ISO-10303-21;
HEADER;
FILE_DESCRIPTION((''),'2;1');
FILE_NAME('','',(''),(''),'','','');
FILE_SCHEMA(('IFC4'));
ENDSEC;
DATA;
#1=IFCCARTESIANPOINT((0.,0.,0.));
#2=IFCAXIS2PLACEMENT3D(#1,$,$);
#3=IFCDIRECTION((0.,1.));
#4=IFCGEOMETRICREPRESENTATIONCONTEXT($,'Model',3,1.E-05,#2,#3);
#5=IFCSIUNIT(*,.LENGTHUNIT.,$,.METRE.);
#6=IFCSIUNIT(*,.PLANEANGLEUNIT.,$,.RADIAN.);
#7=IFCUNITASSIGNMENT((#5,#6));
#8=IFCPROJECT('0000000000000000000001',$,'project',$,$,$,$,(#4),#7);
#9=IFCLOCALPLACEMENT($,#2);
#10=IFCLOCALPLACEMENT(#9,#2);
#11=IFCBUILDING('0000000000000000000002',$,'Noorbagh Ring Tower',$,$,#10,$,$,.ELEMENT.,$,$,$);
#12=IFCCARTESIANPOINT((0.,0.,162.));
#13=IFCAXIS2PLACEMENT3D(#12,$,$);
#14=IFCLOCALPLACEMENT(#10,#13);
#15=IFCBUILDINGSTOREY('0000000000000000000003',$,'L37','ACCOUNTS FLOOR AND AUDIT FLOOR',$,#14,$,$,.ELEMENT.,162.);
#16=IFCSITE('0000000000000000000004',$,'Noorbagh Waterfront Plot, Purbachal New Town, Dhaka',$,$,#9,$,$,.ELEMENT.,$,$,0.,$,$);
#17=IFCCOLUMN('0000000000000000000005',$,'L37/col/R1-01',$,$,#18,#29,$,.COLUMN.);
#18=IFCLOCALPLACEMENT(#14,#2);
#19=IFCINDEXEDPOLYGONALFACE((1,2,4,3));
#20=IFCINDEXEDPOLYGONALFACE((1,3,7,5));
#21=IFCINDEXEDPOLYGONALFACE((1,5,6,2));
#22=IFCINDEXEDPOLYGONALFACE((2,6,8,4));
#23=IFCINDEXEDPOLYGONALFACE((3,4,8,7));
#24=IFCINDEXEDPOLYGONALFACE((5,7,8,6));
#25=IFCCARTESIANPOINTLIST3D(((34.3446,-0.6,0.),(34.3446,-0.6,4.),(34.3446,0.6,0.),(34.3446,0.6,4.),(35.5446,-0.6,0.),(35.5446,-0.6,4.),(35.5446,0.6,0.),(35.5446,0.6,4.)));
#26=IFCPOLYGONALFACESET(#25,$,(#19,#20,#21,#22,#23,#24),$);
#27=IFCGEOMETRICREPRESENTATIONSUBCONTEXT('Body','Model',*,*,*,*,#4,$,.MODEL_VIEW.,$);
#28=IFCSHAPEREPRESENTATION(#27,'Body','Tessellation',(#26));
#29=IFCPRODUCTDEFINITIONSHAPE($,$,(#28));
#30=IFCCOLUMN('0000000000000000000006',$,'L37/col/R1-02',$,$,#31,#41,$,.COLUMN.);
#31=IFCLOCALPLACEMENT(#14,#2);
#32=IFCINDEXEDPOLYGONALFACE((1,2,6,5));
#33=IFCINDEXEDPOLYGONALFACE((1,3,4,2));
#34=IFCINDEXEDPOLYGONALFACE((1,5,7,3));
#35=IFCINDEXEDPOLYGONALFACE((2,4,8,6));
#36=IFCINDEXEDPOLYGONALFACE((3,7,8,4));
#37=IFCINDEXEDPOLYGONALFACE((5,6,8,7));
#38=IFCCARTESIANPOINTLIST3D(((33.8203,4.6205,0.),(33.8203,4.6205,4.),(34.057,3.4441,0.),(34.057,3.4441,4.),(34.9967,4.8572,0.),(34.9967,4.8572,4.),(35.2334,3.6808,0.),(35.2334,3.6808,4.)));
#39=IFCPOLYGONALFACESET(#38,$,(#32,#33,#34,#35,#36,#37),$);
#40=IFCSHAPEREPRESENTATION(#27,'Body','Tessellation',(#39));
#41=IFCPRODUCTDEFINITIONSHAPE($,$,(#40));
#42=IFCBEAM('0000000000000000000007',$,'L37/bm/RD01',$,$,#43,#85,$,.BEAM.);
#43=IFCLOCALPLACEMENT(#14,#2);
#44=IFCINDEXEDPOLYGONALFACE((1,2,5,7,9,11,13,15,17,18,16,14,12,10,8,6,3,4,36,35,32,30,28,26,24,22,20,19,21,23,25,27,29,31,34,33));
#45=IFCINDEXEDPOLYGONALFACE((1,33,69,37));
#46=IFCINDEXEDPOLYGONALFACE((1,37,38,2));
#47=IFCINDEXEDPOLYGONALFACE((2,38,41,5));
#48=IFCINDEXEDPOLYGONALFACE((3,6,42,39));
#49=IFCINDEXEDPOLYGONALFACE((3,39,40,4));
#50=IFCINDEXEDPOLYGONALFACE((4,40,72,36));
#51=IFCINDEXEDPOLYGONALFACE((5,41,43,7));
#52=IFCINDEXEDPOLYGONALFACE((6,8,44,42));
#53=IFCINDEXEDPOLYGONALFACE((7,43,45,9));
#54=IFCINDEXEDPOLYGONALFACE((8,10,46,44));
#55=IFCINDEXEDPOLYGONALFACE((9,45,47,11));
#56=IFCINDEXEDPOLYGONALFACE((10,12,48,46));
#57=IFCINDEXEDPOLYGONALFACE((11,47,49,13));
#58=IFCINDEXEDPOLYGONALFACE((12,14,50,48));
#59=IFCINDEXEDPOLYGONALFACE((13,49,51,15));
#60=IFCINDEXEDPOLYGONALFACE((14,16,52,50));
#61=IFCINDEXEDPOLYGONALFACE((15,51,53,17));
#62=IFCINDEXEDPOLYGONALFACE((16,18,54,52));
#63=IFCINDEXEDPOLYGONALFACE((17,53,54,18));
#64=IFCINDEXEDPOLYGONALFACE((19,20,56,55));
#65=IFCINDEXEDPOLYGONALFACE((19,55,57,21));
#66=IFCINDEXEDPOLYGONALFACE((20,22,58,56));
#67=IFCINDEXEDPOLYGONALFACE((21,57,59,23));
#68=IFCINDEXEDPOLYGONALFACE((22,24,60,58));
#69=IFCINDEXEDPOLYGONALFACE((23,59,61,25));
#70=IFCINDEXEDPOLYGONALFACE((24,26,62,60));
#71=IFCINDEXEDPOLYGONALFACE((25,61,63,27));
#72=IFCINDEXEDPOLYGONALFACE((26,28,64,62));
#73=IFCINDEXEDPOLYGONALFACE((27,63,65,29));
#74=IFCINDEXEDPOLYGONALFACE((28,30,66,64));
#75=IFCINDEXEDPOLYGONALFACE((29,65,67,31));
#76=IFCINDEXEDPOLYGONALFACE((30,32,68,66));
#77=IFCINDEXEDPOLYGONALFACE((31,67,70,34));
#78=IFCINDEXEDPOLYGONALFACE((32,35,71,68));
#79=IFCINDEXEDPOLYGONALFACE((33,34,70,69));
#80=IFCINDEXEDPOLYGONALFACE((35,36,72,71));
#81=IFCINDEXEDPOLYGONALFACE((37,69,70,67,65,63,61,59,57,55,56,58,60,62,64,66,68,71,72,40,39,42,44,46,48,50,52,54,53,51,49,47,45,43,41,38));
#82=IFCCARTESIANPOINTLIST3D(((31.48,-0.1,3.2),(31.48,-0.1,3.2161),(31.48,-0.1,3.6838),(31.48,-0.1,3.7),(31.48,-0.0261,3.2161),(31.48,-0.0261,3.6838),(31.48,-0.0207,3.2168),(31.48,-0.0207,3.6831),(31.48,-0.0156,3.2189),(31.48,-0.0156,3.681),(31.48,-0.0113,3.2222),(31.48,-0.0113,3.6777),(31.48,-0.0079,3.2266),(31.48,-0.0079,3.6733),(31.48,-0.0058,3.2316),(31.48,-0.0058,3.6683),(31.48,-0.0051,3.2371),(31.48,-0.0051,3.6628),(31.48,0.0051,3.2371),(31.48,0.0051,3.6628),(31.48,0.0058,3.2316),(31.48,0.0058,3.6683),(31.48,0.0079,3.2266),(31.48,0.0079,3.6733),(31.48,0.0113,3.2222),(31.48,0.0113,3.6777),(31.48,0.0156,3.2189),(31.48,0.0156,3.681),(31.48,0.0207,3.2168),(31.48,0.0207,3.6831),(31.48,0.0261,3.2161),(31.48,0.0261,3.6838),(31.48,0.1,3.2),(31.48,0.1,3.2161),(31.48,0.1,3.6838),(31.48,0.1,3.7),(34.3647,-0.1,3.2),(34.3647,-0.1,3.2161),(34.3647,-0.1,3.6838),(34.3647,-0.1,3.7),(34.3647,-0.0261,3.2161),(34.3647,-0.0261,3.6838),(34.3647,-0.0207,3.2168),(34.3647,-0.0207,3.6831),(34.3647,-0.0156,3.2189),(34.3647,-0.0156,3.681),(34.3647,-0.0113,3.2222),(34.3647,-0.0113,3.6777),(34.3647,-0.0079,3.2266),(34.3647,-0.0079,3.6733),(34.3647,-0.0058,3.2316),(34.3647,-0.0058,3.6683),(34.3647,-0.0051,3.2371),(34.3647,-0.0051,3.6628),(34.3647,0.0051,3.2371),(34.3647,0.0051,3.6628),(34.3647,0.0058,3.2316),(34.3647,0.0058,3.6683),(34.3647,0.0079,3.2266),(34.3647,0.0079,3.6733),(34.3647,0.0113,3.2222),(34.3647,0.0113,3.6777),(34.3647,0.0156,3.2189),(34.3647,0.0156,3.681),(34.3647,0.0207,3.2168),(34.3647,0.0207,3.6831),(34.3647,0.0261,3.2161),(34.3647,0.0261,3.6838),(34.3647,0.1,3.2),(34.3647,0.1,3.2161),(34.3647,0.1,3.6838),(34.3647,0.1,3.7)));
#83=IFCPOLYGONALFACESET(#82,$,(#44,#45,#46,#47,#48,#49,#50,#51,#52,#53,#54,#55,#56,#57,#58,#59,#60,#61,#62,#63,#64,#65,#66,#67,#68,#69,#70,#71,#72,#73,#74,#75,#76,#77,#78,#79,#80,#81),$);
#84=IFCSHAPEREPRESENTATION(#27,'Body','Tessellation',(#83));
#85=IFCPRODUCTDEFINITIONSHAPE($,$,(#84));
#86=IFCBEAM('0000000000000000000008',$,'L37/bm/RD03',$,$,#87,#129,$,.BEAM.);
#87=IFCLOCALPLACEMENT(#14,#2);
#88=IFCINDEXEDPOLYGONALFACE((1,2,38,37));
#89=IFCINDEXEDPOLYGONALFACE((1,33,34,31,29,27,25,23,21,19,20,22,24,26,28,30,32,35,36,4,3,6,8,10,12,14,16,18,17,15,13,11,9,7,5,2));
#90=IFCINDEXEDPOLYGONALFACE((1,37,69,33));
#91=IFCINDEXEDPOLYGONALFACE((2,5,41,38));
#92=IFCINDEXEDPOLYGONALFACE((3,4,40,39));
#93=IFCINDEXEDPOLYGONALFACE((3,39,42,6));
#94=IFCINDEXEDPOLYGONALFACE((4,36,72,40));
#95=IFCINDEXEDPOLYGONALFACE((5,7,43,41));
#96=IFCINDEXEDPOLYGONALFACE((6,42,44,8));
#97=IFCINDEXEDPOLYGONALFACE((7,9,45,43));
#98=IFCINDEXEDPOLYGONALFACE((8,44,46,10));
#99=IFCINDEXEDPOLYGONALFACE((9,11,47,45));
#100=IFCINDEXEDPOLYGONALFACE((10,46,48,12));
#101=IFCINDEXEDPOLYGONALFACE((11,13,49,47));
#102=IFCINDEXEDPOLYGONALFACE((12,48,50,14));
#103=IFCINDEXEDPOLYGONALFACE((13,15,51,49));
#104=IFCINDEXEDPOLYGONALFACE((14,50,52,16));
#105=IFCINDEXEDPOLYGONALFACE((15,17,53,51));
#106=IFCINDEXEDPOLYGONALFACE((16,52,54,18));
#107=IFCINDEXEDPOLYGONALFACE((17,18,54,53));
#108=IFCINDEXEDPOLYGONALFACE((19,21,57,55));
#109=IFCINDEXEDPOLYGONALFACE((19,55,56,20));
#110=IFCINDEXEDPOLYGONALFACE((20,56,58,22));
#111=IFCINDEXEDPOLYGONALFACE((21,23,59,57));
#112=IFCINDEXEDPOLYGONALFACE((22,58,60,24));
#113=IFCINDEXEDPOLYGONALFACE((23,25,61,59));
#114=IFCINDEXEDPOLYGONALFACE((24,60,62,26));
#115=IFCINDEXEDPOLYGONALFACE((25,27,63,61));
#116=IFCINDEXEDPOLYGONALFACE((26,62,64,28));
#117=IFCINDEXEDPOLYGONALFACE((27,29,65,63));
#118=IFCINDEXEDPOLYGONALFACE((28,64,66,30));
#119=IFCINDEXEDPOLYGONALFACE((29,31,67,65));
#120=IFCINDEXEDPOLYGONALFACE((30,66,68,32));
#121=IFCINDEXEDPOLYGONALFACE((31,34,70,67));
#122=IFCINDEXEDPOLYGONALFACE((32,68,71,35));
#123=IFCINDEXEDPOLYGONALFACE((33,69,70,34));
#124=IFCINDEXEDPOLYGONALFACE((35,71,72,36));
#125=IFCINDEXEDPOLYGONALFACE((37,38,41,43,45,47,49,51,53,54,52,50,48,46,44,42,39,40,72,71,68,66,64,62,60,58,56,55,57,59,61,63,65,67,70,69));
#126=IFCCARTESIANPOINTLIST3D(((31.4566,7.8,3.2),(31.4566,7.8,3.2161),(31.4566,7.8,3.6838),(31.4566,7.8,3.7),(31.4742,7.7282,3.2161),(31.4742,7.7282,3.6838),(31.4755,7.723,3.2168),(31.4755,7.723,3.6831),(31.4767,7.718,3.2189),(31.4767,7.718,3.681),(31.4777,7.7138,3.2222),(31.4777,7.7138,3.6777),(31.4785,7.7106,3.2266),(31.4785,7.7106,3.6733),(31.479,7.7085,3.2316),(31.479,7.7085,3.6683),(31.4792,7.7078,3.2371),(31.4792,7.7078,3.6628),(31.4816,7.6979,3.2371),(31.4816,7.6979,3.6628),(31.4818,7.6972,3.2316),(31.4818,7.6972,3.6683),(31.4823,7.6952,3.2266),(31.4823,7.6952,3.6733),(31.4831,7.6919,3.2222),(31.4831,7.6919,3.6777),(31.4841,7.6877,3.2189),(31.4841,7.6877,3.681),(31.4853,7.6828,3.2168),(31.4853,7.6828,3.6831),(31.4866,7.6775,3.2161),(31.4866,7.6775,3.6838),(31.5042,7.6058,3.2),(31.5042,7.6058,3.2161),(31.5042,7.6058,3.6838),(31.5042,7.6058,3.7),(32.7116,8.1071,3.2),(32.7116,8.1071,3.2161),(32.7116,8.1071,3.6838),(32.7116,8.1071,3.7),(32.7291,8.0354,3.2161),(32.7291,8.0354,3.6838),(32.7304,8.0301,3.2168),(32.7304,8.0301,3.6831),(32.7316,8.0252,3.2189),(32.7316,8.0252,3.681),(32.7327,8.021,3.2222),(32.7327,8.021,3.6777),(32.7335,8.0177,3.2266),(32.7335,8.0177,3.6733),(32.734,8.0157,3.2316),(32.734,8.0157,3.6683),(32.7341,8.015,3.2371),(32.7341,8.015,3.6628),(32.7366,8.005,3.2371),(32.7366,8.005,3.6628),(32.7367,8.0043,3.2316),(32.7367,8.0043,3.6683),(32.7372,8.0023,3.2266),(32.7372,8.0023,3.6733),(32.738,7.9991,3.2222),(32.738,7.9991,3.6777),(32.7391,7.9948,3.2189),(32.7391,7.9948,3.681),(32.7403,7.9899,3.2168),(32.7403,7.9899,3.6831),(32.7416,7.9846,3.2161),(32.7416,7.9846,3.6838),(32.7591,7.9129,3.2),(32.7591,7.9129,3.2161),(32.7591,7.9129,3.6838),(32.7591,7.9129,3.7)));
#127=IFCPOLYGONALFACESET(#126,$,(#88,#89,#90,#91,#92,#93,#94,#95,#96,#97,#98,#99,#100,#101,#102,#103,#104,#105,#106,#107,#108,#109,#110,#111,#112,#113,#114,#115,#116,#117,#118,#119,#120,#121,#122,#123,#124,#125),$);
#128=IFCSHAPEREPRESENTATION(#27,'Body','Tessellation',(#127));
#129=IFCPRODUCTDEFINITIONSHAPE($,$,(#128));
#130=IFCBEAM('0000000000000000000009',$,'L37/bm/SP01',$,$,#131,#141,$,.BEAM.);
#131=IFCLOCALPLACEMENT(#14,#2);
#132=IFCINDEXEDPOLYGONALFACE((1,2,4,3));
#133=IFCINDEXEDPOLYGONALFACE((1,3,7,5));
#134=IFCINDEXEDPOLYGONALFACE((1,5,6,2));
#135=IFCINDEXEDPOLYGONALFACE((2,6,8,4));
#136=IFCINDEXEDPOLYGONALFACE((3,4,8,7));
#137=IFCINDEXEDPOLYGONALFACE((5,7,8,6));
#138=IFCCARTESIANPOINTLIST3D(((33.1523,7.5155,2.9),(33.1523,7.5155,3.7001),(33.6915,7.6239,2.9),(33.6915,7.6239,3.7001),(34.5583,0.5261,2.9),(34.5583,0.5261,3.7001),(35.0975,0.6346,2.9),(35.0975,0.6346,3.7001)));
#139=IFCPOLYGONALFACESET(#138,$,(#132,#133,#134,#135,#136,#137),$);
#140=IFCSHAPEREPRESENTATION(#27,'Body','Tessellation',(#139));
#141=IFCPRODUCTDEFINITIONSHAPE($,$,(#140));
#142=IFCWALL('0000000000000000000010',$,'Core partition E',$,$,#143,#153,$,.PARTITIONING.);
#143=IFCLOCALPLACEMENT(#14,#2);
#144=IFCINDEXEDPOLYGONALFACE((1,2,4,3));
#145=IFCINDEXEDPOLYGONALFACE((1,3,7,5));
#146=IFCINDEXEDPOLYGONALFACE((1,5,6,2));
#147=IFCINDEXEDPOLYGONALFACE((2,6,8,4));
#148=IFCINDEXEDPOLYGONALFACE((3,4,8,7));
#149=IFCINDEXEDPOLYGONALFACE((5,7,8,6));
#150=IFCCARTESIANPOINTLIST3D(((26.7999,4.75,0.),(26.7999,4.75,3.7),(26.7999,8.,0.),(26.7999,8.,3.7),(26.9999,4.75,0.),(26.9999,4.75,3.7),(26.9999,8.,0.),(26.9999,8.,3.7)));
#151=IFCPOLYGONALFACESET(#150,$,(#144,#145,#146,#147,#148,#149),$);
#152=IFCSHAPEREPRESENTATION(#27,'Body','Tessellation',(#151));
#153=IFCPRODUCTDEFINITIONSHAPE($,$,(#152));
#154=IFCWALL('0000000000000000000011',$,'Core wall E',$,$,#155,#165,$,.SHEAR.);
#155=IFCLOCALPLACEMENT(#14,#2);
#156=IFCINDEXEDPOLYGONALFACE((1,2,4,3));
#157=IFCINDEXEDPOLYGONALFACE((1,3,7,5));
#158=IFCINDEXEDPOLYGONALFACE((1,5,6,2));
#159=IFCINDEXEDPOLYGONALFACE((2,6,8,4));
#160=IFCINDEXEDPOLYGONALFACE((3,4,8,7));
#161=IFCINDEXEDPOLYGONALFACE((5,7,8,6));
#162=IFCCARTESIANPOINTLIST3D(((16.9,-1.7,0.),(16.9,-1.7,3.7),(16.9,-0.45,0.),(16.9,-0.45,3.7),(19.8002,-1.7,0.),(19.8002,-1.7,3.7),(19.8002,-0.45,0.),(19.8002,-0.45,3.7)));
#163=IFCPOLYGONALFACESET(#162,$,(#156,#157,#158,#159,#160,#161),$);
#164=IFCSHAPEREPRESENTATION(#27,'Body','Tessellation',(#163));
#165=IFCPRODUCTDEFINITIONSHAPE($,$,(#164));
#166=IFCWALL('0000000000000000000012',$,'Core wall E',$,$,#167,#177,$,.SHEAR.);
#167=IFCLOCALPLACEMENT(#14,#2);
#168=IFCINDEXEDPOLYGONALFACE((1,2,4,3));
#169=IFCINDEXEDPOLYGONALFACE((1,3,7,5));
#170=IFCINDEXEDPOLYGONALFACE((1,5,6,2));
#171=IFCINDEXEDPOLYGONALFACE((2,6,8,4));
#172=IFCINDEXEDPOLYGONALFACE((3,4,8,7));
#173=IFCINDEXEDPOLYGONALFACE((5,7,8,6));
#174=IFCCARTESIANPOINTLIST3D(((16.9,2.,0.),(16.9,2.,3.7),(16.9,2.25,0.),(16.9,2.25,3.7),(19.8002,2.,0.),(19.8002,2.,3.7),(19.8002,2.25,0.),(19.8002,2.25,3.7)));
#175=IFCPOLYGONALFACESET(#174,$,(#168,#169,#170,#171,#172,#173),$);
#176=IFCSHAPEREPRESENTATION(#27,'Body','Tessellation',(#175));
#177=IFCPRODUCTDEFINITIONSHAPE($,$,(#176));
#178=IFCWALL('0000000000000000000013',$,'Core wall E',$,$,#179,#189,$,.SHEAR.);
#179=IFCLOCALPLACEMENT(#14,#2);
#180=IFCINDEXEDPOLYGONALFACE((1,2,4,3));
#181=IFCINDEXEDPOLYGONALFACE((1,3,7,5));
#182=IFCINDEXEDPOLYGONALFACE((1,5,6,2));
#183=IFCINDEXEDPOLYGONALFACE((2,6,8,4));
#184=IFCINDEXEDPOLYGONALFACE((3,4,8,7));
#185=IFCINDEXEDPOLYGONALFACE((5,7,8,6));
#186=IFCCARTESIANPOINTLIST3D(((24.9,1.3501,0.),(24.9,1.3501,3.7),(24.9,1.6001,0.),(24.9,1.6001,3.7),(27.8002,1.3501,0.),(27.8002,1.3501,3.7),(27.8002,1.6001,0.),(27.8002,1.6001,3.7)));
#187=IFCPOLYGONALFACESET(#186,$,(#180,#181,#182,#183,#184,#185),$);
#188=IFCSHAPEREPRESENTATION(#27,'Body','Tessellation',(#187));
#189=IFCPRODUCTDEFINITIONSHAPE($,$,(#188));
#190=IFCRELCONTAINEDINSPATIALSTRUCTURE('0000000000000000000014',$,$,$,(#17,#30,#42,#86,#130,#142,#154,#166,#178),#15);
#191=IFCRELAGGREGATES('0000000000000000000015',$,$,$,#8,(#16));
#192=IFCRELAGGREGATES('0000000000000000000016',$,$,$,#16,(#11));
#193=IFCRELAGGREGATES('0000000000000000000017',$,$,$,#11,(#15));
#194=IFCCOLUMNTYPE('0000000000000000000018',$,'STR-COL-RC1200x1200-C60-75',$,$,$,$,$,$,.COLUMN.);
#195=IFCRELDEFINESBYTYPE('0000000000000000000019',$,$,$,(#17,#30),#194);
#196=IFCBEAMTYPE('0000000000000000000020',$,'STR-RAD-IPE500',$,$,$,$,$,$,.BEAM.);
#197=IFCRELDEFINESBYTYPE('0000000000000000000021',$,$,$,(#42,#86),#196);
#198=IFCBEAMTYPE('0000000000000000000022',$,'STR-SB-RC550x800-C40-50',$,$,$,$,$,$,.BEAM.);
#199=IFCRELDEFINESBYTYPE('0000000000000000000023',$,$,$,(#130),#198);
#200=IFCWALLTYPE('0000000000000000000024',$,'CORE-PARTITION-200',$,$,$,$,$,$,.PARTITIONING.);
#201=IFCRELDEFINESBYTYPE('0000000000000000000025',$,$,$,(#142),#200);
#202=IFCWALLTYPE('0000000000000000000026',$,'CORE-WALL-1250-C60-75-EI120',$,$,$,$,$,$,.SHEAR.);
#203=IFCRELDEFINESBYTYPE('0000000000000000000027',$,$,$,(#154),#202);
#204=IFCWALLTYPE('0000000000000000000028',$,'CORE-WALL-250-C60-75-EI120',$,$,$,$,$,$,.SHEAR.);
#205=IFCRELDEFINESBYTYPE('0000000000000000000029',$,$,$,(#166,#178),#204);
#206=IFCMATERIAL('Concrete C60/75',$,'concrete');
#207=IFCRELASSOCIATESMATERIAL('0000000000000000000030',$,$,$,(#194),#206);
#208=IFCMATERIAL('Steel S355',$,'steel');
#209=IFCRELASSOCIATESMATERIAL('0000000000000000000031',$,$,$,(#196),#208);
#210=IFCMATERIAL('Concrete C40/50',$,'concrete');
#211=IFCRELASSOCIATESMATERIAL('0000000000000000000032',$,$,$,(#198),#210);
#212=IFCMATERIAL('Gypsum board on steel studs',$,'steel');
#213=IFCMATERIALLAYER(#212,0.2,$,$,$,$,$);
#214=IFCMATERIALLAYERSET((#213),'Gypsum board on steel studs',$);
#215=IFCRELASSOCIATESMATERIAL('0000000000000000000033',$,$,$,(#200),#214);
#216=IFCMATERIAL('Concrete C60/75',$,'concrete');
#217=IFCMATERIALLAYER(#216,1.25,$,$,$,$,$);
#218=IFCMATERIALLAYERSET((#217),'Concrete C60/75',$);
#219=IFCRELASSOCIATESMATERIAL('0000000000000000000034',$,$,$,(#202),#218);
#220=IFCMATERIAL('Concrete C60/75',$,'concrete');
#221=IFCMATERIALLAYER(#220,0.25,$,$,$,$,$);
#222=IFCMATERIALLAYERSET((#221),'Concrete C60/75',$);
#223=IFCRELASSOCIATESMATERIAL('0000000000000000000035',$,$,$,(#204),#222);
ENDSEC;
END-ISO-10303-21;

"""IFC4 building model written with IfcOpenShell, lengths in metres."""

from ifc_helpers import new_model, si_unit, direction, frame, frame_2d, origin, origin_2d, place, context, subcontext, project, spatial, rectangle, i_section, extrude, material, layer, layer_set, material_profile, profile_set, type_object, element, save


model = new_model("IFC4")

# Units and contexts
model_context = context("Model", 3, precision=1e-05, world=origin(), true_north=direction((0.0, 1.0)))
body_context = subcontext(model_context, "Body", "Model", "MODEL_VIEW")
ifc_project = project(units=[si_unit("LENGTHUNIT", "METRE"), si_unit("PLANEANGLEUNIT", "RADIAN")], contexts=[model_context])

# Site, building, storey
site_placement = place(None, origin())
site = spatial("IfcSite", under=ifc_project, at=site_placement, Name="Noorbagh Waterfront Plot, Purbachal New Town, Dhaka", CompositionType="ELEMENT", RefElevation=0.0)
building_placement = place(site_placement, origin())
building = spatial("IfcBuilding", under=site, at=building_placement, Name="Noorbagh Ring Tower", CompositionType="ELEMENT")
storey_placement = place(building_placement, frame((0.0, 0.0, 162.0)))
storey = spatial("IfcBuildingStorey", under=building, at=storey_placement, Name="L37", Description="ACCOUNTS FLOOR AND AUDIT FLOOR", CompositionType="ELEMENT", Elevation=162.0)

# Columns
ifc_material_1 = material(Name="Concrete C60/75", Category="concrete")
ifc_material_profile_1 = material_profile(ifc_material_1, rectangle(XDim=1.2, YDim=1.2, at=origin_2d()), Name="RC1200x1200")
ifc_profile_set_1 = profile_set([ifc_material_profile_1], Name="Concrete C60/75")
column_type = type_object("IfcColumnType", Name="STR-COL-RC1200x1200-C60-75", PredefinedType="COLUMN", material=ifc_profile_set_1)
for number, where, z_axis, x_axis, name in (
    (1, (34.9446, 0.0, 0.0), (0.0, 0.0, 1.0), (0.0, 1.0, 0.0), "L37/col/R1-01"),
    (2, (34.5269, 4.1506, 0.0), (0.0, 0.0, 1.0), (-0.19723, 0.980357, 0.0), "L37/col/R1-02"),
):
    element("IfcColumn", number, at=place(storey_placement, frame(where, z_axis=z_axis, x_axis=x_axis)), inside=storey, type_object=column_type, Name=name, PredefinedType="COLUMN", context=body_context, shape_type="SweptSolid", body=[
        extrude(rectangle(XDim=1.2, YDim=1.2, at=origin_2d()), origin(), (0.0, 0.0, 1.0), 4.0),
    ])

# Beams
ifc_material_2 = material(Name="Steel S355", Category="steel")
ifc_material_profile_2 = material_profile(ifc_material_2, i_section(OverallWidth=0.2, OverallDepth=0.5, WebThickness=0.0103, FlangeThickness=0.0161, FilletRadius=0.021, at=origin_2d()), Name="IPE500")
ifc_profile_set_2 = profile_set([ifc_material_profile_2], Name="Steel S355")
beam_type_1 = type_object("IfcBeamType", Name="STR-RAD-IPE500", PredefinedType="BEAM", material=ifc_profile_set_2)
beam_1_placement = place(storey_placement, frame((34.3647, 0.0, 3.45), z_axis=(-1.0, 0.0, 0.0), x_axis=(0.0, -1.0, 0.0)))
element("IfcBeam", 3, at=beam_1_placement, inside=storey, type_object=beam_type_1, Name="L37/bm/RD01", PredefinedType="BEAM", context=body_context, shape_type="SweptSolid", body=[
    extrude(i_section(OverallWidth=0.2, OverallDepth=0.5, WebThickness=0.0103, FlangeThickness=0.0161, FilletRadius=0.021, at=origin_2d()), origin(), (0.0, 0.0, 1.0), 2.8848),
])
beam_2_placement = place(storey_placement, frame((32.7354, 8.01, 3.45), z_axis=(-0.971331, -0.23773, 0.0), x_axis=(0.23773, -0.971331, 0.0)))
element("IfcBeam", 4, at=beam_2_placement, inside=storey, type_object=beam_type_1, Name="L37/bm/RD03", PredefinedType="BEAM", context=body_context, shape_type="SweptSolid", body=[
    extrude(i_section(OverallWidth=0.2, OverallDepth=0.5, WebThickness=0.0103, FlangeThickness=0.0161, FilletRadius=0.021, at=origin_2d()), origin(), (0.0, 0.0, 1.0), 1.292),
])
ifc_material_3 = material(Name="Concrete C40/50", Category="concrete")
ifc_material_profile_3 = material_profile(ifc_material_3, rectangle(XDim=0.55, YDim=0.8, at=origin_2d()), Name="RC550x800")
ifc_profile_set_3 = profile_set([ifc_material_profile_3], Name="Concrete C40/50")
beam_type_2 = type_object("IfcBeamType", Name="STR-SB-RC550x800-C40-50", PredefinedType="BEAM", material=ifc_profile_set_3)
beam_3_placement = place(storey_placement, frame((34.8279, 0.5803, 3.3), z_axis=(-0.197209, 0.980361, 0.0), x_axis=(-0.980361, -0.197209, 0.0)))
element("IfcBeam", 5, at=beam_3_placement, inside=storey, type_object=beam_type_2, Name="L37/bm/SP01", PredefinedType="BEAM", context=body_context, shape_type="SweptSolid", body=[
    extrude(rectangle(XDim=0.55, YDim=0.8, at=origin_2d()), origin(), (0.0, 0.0, 1.0), 7.1294),
])

# Walls
ifc_material_4 = material(Name="Gypsum board on steel studs", Category="steel")
ifc_layer_1 = layer(ifc_material_4, 0.2)
ifc_layer_set_1 = layer_set([ifc_layer_1], Name="Gypsum board on steel studs")
wall_type_1 = type_object("IfcWallType", Name="CORE-PARTITION-200", PredefinedType="PARTITIONING", material=ifc_layer_set_1)
wall_1_placement = place(storey_placement, frame((26.8999, 4.75, 0.0), z_axis=(0.0, 0.0, 1.0), x_axis=(0.0, 1.0, 0.0)))
element("IfcWall", 6, at=wall_1_placement, inside=storey, type_object=wall_type_1, Name="Core partition E", PredefinedType="PARTITIONING", context=body_context, shape_type="SweptSolid", body=[
    extrude(rectangle(XDim=3.25, YDim=0.2, at=frame_2d((1.625, 0.0))), origin(), (0.0, 0.0, 1.0), 3.7),
])
ifc_material_5 = material(Name="Concrete C60/75", Category="concrete")
ifc_layer_2 = layer(ifc_material_5, 1.25)
ifc_layer_set_2 = layer_set([ifc_layer_2], Name="Concrete C60/75")
wall_type_2 = type_object("IfcWallType", Name="CORE-WALL-1250-C60-75-EI120", PredefinedType="SHEAR", material=ifc_layer_set_2)
wall_2_placement = place(storey_placement, frame((16.8999, -1.075, 0.0), z_axis=(0.0, 0.0, 1.0), x_axis=(1.0, 0.0, 0.0)))
element("IfcWall", 7, at=wall_2_placement, inside=storey, type_object=wall_type_2, Name="Core wall E", PredefinedType="SHEAR", context=body_context, shape_type="SweptSolid", body=[
    extrude(rectangle(XDim=2.9001, YDim=1.25, at=frame_2d((1.4502, 0.0))), origin(), (0.0, 0.0, 1.0), 3.7),
])
ifc_material_6 = material(Name="Concrete C60/75", Category="concrete")
ifc_layer_3 = layer(ifc_material_6, 0.25)
ifc_layer_set_3 = layer_set([ifc_layer_3], Name="Concrete C60/75")
wall_type_3 = type_object("IfcWallType", Name="CORE-WALL-250-C60-75-EI120", PredefinedType="SHEAR", material=ifc_layer_set_3)
for number, where, z_axis, x_axis, name in (
    (8, (16.8999, 2.125, 0.0), (0.0, 0.0, 1.0), (1.0, 0.0, 0.0), "Core wall E"),
    (9, (24.8999, 1.4751, 0.0), (0.0, 0.0, 1.0), (1.0, 0.0, 0.0), "Core wall E"),
):
    element("IfcWall", number, at=place(storey_placement, frame(where, z_axis=z_axis, x_axis=x_axis)), inside=storey, type_object=wall_type_3, Name=name, PredefinedType="SHEAR", context=body_context, shape_type="SweptSolid", body=[
        extrude(rectangle(XDim=2.9001, YDim=0.25, at=frame_2d((1.4502, 0.0))), origin(), (0.0, 0.0, 1.0), 3.7),
    ])

save(model, "model.ifc")
